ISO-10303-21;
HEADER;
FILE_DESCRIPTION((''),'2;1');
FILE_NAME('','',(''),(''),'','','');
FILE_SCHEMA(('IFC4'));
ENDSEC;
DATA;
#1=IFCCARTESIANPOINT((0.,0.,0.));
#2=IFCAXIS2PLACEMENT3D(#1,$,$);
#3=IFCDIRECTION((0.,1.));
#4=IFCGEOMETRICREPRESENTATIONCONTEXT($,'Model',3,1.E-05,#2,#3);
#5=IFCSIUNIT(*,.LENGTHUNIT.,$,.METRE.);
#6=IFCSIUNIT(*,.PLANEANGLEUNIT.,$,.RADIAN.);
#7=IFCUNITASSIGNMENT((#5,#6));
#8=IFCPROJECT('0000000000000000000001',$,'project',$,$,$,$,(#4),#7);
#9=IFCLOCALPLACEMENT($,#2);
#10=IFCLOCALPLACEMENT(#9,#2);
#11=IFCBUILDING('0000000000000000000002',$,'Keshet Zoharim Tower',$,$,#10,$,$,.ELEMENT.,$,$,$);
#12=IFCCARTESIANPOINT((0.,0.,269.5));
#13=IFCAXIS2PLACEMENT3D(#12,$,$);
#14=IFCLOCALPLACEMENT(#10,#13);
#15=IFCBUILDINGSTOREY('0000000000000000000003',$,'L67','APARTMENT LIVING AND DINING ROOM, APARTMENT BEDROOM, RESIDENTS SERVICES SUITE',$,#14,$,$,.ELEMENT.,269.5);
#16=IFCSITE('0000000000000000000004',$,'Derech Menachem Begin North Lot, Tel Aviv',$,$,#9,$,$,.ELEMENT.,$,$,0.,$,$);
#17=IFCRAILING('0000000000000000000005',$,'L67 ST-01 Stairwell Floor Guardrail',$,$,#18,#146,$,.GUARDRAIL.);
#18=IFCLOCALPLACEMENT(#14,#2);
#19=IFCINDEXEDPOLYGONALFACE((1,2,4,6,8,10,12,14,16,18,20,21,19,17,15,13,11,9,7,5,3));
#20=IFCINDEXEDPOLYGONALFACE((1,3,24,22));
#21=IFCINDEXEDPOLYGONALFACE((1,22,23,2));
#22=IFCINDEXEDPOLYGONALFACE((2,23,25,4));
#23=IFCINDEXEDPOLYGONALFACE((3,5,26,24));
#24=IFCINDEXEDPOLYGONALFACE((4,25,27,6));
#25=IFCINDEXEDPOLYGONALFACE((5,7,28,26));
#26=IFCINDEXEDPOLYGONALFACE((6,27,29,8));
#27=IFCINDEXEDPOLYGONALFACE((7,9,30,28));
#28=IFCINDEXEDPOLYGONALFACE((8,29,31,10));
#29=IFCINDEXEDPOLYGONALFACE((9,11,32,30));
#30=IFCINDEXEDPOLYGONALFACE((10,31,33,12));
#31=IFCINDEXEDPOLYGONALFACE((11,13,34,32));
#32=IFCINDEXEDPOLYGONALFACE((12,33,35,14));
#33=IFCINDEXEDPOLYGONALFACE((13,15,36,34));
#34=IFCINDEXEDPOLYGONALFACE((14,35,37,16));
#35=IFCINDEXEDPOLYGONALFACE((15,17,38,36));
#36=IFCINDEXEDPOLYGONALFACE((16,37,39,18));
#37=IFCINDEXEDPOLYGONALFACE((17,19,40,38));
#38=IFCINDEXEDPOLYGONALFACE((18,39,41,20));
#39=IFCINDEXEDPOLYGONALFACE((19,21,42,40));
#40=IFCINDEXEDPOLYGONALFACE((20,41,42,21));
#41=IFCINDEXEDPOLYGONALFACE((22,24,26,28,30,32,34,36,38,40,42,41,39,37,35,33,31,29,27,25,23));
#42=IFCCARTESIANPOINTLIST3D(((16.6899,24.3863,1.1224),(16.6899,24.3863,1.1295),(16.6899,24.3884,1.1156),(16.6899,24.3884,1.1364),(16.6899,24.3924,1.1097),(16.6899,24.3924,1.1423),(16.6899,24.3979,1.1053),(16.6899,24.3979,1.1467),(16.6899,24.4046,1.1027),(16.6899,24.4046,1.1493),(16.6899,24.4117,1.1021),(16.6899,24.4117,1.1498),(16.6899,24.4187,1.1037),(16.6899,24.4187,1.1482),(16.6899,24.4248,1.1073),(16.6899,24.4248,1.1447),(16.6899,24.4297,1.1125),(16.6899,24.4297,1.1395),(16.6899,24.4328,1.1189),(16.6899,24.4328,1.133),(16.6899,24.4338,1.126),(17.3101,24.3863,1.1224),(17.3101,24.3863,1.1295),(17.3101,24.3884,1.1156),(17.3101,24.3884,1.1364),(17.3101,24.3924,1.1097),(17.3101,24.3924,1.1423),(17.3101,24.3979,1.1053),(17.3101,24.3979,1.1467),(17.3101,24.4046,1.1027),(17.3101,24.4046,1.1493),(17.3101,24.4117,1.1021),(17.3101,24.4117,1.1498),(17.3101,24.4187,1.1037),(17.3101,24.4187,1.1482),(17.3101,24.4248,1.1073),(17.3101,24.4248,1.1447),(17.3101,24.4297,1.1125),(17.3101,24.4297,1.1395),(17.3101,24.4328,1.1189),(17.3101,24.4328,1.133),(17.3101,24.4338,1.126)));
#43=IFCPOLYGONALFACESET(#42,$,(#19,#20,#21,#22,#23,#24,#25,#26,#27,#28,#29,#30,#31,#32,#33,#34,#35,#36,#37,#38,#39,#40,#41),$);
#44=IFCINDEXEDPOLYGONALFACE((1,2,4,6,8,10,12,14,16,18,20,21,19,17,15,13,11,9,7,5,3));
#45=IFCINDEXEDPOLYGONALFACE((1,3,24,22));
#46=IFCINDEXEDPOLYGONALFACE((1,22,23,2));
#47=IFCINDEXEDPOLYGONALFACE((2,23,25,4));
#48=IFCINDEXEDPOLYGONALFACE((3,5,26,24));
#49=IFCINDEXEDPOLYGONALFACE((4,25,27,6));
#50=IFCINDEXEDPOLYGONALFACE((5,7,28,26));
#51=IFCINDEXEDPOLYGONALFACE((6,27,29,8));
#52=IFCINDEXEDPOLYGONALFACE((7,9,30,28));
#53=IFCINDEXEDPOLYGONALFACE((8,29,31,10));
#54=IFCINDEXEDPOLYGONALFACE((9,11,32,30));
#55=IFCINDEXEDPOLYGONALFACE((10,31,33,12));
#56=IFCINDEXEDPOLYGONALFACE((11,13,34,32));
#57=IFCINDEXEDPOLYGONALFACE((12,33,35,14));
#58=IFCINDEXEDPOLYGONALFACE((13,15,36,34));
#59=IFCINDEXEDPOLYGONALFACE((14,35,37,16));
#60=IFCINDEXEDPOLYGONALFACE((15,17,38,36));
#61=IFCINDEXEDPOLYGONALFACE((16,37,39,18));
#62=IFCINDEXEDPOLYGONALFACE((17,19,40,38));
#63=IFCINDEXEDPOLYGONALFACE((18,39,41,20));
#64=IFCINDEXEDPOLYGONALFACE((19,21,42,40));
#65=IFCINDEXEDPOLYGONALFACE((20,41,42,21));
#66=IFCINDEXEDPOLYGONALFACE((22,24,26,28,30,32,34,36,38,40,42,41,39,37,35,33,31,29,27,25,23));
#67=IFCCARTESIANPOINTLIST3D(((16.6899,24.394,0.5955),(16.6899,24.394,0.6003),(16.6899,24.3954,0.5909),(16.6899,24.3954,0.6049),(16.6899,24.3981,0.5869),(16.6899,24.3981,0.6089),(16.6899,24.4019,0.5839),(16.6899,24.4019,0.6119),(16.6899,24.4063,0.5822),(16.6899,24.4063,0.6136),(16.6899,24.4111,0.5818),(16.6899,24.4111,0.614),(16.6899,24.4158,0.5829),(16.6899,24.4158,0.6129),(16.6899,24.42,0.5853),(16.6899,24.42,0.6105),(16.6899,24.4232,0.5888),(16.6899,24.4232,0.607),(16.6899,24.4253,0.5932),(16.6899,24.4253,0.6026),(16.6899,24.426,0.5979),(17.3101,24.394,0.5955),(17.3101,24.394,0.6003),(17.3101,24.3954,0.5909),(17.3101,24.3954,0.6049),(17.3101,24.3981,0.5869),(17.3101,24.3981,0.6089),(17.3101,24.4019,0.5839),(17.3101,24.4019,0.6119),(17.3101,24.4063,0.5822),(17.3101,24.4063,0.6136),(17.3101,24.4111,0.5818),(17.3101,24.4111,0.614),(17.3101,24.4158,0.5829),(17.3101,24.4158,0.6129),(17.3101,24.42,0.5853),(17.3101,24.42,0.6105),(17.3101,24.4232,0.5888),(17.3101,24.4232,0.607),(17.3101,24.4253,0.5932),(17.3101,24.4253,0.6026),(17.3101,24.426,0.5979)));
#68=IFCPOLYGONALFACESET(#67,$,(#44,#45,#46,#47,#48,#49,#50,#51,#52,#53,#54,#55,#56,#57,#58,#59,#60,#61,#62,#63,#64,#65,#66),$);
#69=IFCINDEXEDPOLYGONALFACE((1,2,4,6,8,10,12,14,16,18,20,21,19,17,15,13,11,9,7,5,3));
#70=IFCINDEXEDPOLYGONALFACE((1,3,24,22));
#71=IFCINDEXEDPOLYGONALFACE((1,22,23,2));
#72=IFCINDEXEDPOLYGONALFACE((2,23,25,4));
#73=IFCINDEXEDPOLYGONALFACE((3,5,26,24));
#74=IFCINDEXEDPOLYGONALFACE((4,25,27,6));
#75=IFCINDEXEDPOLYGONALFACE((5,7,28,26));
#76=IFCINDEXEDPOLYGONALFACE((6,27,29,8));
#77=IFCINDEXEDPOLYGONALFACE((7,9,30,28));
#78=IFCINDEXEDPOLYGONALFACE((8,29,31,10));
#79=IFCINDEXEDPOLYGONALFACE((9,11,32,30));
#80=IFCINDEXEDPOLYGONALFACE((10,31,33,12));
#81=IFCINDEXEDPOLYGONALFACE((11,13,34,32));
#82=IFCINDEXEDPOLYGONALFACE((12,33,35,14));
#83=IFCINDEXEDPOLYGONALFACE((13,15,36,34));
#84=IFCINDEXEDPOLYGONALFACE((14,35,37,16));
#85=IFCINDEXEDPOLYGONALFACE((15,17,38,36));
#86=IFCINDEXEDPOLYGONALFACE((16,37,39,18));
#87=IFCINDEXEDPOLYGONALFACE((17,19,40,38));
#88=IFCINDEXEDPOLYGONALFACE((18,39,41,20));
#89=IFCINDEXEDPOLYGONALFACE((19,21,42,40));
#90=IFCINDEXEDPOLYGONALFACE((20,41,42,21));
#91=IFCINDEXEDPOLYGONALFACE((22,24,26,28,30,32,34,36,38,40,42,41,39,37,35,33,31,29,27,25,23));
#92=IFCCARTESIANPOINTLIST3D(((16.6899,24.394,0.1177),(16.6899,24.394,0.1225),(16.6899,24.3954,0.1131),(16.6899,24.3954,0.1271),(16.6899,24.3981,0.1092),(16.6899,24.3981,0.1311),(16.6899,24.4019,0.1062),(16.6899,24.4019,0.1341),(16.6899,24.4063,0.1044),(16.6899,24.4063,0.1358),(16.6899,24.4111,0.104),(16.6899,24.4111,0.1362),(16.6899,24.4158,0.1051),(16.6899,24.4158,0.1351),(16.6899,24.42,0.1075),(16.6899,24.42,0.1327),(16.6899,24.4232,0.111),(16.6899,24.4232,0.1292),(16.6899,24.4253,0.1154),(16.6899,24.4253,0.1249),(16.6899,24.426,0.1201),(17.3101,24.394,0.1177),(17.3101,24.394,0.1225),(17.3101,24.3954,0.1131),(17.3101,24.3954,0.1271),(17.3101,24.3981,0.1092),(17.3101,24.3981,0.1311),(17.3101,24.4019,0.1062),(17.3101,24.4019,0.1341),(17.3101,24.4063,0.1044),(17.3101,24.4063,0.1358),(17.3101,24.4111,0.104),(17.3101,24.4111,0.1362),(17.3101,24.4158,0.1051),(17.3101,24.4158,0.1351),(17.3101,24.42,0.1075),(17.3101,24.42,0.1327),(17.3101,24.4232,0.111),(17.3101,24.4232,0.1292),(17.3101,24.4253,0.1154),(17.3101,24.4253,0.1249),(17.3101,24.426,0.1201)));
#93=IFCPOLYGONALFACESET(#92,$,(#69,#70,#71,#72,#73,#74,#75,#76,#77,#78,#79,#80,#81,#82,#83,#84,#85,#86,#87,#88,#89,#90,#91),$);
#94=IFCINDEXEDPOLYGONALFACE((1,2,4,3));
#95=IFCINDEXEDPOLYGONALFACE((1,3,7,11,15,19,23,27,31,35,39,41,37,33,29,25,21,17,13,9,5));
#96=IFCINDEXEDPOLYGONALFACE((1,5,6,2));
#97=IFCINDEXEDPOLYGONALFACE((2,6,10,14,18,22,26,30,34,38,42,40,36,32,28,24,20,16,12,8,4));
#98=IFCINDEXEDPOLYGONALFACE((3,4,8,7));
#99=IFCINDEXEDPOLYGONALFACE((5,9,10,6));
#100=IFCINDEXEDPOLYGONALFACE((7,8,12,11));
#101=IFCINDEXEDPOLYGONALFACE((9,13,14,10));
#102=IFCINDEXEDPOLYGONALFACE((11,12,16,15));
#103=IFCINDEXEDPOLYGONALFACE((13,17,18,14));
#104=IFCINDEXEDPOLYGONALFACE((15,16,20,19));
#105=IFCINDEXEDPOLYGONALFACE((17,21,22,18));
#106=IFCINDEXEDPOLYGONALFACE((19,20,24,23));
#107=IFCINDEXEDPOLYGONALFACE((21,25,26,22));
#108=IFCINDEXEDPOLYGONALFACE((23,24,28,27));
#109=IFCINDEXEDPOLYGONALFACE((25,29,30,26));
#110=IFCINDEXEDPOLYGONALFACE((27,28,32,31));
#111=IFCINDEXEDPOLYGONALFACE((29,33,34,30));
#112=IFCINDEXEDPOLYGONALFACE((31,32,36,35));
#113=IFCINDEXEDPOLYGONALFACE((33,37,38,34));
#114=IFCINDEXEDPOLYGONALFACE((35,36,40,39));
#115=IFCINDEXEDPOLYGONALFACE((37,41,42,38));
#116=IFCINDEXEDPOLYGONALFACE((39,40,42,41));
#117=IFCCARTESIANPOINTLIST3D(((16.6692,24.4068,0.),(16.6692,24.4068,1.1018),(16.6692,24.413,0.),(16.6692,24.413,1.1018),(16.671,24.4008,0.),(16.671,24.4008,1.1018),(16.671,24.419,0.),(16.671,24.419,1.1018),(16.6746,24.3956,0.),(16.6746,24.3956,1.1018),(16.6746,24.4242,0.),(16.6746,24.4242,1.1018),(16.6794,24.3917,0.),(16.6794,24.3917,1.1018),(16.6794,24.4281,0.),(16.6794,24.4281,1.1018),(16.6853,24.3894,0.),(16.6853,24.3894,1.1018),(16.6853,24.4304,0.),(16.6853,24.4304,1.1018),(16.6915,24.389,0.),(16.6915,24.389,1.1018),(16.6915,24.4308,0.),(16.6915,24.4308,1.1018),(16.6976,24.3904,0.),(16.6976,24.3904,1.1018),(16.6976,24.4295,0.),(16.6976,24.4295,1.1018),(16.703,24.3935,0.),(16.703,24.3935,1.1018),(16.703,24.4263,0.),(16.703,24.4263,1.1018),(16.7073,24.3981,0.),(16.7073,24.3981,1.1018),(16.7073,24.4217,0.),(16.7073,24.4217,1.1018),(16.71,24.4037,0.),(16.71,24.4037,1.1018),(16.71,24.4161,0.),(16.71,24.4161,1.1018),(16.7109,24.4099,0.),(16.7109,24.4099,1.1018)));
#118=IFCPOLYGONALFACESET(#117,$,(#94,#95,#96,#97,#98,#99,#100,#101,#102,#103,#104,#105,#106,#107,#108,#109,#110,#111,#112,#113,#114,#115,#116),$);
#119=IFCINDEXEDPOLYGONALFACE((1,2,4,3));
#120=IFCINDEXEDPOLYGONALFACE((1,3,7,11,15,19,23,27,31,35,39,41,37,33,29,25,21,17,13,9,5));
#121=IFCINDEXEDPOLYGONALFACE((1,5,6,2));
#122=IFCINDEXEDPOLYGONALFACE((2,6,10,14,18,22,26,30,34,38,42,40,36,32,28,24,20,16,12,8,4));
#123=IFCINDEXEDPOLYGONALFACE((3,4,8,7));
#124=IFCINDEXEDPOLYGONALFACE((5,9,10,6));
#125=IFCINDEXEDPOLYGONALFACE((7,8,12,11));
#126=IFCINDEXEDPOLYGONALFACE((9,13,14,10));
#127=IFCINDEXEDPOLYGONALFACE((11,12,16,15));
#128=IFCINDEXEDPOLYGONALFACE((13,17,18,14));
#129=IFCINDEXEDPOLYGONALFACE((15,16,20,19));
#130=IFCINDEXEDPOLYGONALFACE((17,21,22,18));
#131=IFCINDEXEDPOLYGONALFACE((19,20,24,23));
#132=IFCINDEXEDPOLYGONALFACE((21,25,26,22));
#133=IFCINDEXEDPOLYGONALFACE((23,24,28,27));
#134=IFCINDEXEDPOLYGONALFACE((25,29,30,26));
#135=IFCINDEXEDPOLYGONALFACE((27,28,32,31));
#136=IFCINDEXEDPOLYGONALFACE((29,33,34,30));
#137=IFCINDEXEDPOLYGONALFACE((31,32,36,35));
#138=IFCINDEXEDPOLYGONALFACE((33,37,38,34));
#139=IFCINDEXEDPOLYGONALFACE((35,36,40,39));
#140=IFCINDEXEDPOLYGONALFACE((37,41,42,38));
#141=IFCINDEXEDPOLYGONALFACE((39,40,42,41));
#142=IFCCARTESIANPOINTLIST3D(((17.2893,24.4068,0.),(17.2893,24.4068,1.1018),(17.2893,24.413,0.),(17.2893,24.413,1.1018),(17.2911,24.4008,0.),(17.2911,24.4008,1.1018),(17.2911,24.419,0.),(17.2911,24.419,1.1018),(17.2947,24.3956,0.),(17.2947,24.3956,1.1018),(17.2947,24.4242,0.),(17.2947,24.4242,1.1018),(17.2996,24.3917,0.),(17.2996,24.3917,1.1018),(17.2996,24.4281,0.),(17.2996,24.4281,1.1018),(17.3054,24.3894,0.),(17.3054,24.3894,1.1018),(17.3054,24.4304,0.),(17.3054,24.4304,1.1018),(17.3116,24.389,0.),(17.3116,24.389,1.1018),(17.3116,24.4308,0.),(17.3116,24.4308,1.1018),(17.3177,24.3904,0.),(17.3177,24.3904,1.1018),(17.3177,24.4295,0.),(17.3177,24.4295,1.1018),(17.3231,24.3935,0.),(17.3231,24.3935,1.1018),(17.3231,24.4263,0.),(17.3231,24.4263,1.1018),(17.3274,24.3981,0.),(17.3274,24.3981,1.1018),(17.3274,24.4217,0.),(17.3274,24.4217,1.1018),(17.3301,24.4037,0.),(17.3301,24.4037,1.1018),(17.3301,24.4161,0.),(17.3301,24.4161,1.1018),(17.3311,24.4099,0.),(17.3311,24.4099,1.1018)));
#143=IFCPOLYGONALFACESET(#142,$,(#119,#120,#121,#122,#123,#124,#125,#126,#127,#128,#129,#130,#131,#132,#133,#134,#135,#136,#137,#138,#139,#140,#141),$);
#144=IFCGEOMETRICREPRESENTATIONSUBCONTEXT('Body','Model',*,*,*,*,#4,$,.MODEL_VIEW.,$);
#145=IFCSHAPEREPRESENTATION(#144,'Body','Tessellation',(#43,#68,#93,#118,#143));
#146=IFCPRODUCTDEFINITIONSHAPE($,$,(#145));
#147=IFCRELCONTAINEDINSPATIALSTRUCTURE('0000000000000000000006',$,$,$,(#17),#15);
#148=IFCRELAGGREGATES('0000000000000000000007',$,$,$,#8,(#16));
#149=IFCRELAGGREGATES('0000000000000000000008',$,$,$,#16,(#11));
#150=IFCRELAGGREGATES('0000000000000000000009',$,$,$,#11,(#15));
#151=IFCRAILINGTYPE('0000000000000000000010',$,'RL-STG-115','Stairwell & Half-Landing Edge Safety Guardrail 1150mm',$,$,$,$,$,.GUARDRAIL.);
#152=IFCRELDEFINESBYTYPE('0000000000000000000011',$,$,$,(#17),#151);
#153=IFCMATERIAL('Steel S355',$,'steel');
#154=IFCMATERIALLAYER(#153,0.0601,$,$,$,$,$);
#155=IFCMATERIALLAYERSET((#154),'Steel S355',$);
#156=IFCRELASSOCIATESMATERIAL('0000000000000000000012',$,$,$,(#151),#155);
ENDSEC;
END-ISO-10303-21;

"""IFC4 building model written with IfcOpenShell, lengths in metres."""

from ifc_helpers import new_model, si_unit, direction, frame, origin, origin_2d, place, context, subcontext, project, spatial, circle, extrude, material, layer, layer_set, type_object, element, save


model = new_model("IFC4")

# Units and contexts
model_context = context("Model", 3, precision=1e-05, world=origin(), true_north=direction((0.0, 1.0)))
body_context = subcontext(model_context, "Body", "Model", "MODEL_VIEW")
ifc_project = project(units=[si_unit("LENGTHUNIT", "METRE"), si_unit("PLANEANGLEUNIT", "RADIAN")], contexts=[model_context])

# Site, building, storey
site_placement = place(None, origin())
site = spatial("IfcSite", under=ifc_project, at=site_placement, Name="Derech Menachem Begin North Lot, Tel Aviv", CompositionType="ELEMENT", RefElevation=0.0)
building_placement = place(site_placement, origin())
building = spatial("IfcBuilding", under=site, at=building_placement, Name="Keshet Zoharim Tower", CompositionType="ELEMENT")
storey_placement = place(building_placement, frame((0.0, 0.0, 269.5)))
storey = spatial("IfcBuildingStorey", under=building, at=storey_placement, Name="L67", Description="APARTMENT LIVING AND DINING ROOM, APARTMENT BEDROOM, RESIDENTS SERVICES SUITE", CompositionType="ELEMENT", Elevation=269.5)

# Shared definitions
ifc_material_1 = material(Name="Steel S355", Category="steel")

# Railing
ifc_layer_1 = layer(ifc_material_1, 0.0601)
ifc_layer_set_1 = layer_set([ifc_layer_1], Name="Steel S355")
railing_type_1 = type_object("IfcRailingType", Name="RL-STG-115", Description="Stairwell & Half-Landing Edge Safety Guardrail 1150mm", PredefinedType="GUARDRAIL", material=ifc_layer_set_1)
railing_1_placement = place(storey_placement, frame((16.6899, 24.4099, 0.0)))
element("IfcRailing", 1, at=railing_1_placement, inside=storey, type_object=railing_type_1, Name="L67 ST-01 Stairwell Floor Guardrail", PredefinedType="GUARDRAIL", context=body_context, shape_type="SweptSolid", body=[
    extrude(circle(Radius=0.0239, at=origin_2d()), frame((0.0, 0.0, 1.126), z_axis=(1.0, 0.0, 0.0), x_axis=(0.0, 1.0, 0.0)), (0.0, 0.0, 1.0), 0.6201),
    extrude(circle(Radius=0.0161, at=origin_2d()), frame((0.0, 0.0, 0.5979), z_axis=(1.0, 0.0, 0.0), x_axis=(0.0, 1.0, 0.0)), (0.0, 0.0, 1.0), 0.6201),
    extrude(circle(Radius=0.0161, at=origin_2d()), frame((0.0, 0.0, 0.1201), z_axis=(1.0, 0.0, 0.0), x_axis=(0.0, 1.0, 0.0)), (0.0, 0.0, 1.0), 0.6201),
    extrude(circle(Radius=0.021, at=origin_2d()), origin(), (0.0, 0.0, 1.0), 1.1018),
    extrude(circle(Radius=0.021, at=origin_2d()), frame((0.6201, 0.0, 0.0)), (0.0, 0.0, 1.0), 1.1018),
])

save(model, "model.ifc")
